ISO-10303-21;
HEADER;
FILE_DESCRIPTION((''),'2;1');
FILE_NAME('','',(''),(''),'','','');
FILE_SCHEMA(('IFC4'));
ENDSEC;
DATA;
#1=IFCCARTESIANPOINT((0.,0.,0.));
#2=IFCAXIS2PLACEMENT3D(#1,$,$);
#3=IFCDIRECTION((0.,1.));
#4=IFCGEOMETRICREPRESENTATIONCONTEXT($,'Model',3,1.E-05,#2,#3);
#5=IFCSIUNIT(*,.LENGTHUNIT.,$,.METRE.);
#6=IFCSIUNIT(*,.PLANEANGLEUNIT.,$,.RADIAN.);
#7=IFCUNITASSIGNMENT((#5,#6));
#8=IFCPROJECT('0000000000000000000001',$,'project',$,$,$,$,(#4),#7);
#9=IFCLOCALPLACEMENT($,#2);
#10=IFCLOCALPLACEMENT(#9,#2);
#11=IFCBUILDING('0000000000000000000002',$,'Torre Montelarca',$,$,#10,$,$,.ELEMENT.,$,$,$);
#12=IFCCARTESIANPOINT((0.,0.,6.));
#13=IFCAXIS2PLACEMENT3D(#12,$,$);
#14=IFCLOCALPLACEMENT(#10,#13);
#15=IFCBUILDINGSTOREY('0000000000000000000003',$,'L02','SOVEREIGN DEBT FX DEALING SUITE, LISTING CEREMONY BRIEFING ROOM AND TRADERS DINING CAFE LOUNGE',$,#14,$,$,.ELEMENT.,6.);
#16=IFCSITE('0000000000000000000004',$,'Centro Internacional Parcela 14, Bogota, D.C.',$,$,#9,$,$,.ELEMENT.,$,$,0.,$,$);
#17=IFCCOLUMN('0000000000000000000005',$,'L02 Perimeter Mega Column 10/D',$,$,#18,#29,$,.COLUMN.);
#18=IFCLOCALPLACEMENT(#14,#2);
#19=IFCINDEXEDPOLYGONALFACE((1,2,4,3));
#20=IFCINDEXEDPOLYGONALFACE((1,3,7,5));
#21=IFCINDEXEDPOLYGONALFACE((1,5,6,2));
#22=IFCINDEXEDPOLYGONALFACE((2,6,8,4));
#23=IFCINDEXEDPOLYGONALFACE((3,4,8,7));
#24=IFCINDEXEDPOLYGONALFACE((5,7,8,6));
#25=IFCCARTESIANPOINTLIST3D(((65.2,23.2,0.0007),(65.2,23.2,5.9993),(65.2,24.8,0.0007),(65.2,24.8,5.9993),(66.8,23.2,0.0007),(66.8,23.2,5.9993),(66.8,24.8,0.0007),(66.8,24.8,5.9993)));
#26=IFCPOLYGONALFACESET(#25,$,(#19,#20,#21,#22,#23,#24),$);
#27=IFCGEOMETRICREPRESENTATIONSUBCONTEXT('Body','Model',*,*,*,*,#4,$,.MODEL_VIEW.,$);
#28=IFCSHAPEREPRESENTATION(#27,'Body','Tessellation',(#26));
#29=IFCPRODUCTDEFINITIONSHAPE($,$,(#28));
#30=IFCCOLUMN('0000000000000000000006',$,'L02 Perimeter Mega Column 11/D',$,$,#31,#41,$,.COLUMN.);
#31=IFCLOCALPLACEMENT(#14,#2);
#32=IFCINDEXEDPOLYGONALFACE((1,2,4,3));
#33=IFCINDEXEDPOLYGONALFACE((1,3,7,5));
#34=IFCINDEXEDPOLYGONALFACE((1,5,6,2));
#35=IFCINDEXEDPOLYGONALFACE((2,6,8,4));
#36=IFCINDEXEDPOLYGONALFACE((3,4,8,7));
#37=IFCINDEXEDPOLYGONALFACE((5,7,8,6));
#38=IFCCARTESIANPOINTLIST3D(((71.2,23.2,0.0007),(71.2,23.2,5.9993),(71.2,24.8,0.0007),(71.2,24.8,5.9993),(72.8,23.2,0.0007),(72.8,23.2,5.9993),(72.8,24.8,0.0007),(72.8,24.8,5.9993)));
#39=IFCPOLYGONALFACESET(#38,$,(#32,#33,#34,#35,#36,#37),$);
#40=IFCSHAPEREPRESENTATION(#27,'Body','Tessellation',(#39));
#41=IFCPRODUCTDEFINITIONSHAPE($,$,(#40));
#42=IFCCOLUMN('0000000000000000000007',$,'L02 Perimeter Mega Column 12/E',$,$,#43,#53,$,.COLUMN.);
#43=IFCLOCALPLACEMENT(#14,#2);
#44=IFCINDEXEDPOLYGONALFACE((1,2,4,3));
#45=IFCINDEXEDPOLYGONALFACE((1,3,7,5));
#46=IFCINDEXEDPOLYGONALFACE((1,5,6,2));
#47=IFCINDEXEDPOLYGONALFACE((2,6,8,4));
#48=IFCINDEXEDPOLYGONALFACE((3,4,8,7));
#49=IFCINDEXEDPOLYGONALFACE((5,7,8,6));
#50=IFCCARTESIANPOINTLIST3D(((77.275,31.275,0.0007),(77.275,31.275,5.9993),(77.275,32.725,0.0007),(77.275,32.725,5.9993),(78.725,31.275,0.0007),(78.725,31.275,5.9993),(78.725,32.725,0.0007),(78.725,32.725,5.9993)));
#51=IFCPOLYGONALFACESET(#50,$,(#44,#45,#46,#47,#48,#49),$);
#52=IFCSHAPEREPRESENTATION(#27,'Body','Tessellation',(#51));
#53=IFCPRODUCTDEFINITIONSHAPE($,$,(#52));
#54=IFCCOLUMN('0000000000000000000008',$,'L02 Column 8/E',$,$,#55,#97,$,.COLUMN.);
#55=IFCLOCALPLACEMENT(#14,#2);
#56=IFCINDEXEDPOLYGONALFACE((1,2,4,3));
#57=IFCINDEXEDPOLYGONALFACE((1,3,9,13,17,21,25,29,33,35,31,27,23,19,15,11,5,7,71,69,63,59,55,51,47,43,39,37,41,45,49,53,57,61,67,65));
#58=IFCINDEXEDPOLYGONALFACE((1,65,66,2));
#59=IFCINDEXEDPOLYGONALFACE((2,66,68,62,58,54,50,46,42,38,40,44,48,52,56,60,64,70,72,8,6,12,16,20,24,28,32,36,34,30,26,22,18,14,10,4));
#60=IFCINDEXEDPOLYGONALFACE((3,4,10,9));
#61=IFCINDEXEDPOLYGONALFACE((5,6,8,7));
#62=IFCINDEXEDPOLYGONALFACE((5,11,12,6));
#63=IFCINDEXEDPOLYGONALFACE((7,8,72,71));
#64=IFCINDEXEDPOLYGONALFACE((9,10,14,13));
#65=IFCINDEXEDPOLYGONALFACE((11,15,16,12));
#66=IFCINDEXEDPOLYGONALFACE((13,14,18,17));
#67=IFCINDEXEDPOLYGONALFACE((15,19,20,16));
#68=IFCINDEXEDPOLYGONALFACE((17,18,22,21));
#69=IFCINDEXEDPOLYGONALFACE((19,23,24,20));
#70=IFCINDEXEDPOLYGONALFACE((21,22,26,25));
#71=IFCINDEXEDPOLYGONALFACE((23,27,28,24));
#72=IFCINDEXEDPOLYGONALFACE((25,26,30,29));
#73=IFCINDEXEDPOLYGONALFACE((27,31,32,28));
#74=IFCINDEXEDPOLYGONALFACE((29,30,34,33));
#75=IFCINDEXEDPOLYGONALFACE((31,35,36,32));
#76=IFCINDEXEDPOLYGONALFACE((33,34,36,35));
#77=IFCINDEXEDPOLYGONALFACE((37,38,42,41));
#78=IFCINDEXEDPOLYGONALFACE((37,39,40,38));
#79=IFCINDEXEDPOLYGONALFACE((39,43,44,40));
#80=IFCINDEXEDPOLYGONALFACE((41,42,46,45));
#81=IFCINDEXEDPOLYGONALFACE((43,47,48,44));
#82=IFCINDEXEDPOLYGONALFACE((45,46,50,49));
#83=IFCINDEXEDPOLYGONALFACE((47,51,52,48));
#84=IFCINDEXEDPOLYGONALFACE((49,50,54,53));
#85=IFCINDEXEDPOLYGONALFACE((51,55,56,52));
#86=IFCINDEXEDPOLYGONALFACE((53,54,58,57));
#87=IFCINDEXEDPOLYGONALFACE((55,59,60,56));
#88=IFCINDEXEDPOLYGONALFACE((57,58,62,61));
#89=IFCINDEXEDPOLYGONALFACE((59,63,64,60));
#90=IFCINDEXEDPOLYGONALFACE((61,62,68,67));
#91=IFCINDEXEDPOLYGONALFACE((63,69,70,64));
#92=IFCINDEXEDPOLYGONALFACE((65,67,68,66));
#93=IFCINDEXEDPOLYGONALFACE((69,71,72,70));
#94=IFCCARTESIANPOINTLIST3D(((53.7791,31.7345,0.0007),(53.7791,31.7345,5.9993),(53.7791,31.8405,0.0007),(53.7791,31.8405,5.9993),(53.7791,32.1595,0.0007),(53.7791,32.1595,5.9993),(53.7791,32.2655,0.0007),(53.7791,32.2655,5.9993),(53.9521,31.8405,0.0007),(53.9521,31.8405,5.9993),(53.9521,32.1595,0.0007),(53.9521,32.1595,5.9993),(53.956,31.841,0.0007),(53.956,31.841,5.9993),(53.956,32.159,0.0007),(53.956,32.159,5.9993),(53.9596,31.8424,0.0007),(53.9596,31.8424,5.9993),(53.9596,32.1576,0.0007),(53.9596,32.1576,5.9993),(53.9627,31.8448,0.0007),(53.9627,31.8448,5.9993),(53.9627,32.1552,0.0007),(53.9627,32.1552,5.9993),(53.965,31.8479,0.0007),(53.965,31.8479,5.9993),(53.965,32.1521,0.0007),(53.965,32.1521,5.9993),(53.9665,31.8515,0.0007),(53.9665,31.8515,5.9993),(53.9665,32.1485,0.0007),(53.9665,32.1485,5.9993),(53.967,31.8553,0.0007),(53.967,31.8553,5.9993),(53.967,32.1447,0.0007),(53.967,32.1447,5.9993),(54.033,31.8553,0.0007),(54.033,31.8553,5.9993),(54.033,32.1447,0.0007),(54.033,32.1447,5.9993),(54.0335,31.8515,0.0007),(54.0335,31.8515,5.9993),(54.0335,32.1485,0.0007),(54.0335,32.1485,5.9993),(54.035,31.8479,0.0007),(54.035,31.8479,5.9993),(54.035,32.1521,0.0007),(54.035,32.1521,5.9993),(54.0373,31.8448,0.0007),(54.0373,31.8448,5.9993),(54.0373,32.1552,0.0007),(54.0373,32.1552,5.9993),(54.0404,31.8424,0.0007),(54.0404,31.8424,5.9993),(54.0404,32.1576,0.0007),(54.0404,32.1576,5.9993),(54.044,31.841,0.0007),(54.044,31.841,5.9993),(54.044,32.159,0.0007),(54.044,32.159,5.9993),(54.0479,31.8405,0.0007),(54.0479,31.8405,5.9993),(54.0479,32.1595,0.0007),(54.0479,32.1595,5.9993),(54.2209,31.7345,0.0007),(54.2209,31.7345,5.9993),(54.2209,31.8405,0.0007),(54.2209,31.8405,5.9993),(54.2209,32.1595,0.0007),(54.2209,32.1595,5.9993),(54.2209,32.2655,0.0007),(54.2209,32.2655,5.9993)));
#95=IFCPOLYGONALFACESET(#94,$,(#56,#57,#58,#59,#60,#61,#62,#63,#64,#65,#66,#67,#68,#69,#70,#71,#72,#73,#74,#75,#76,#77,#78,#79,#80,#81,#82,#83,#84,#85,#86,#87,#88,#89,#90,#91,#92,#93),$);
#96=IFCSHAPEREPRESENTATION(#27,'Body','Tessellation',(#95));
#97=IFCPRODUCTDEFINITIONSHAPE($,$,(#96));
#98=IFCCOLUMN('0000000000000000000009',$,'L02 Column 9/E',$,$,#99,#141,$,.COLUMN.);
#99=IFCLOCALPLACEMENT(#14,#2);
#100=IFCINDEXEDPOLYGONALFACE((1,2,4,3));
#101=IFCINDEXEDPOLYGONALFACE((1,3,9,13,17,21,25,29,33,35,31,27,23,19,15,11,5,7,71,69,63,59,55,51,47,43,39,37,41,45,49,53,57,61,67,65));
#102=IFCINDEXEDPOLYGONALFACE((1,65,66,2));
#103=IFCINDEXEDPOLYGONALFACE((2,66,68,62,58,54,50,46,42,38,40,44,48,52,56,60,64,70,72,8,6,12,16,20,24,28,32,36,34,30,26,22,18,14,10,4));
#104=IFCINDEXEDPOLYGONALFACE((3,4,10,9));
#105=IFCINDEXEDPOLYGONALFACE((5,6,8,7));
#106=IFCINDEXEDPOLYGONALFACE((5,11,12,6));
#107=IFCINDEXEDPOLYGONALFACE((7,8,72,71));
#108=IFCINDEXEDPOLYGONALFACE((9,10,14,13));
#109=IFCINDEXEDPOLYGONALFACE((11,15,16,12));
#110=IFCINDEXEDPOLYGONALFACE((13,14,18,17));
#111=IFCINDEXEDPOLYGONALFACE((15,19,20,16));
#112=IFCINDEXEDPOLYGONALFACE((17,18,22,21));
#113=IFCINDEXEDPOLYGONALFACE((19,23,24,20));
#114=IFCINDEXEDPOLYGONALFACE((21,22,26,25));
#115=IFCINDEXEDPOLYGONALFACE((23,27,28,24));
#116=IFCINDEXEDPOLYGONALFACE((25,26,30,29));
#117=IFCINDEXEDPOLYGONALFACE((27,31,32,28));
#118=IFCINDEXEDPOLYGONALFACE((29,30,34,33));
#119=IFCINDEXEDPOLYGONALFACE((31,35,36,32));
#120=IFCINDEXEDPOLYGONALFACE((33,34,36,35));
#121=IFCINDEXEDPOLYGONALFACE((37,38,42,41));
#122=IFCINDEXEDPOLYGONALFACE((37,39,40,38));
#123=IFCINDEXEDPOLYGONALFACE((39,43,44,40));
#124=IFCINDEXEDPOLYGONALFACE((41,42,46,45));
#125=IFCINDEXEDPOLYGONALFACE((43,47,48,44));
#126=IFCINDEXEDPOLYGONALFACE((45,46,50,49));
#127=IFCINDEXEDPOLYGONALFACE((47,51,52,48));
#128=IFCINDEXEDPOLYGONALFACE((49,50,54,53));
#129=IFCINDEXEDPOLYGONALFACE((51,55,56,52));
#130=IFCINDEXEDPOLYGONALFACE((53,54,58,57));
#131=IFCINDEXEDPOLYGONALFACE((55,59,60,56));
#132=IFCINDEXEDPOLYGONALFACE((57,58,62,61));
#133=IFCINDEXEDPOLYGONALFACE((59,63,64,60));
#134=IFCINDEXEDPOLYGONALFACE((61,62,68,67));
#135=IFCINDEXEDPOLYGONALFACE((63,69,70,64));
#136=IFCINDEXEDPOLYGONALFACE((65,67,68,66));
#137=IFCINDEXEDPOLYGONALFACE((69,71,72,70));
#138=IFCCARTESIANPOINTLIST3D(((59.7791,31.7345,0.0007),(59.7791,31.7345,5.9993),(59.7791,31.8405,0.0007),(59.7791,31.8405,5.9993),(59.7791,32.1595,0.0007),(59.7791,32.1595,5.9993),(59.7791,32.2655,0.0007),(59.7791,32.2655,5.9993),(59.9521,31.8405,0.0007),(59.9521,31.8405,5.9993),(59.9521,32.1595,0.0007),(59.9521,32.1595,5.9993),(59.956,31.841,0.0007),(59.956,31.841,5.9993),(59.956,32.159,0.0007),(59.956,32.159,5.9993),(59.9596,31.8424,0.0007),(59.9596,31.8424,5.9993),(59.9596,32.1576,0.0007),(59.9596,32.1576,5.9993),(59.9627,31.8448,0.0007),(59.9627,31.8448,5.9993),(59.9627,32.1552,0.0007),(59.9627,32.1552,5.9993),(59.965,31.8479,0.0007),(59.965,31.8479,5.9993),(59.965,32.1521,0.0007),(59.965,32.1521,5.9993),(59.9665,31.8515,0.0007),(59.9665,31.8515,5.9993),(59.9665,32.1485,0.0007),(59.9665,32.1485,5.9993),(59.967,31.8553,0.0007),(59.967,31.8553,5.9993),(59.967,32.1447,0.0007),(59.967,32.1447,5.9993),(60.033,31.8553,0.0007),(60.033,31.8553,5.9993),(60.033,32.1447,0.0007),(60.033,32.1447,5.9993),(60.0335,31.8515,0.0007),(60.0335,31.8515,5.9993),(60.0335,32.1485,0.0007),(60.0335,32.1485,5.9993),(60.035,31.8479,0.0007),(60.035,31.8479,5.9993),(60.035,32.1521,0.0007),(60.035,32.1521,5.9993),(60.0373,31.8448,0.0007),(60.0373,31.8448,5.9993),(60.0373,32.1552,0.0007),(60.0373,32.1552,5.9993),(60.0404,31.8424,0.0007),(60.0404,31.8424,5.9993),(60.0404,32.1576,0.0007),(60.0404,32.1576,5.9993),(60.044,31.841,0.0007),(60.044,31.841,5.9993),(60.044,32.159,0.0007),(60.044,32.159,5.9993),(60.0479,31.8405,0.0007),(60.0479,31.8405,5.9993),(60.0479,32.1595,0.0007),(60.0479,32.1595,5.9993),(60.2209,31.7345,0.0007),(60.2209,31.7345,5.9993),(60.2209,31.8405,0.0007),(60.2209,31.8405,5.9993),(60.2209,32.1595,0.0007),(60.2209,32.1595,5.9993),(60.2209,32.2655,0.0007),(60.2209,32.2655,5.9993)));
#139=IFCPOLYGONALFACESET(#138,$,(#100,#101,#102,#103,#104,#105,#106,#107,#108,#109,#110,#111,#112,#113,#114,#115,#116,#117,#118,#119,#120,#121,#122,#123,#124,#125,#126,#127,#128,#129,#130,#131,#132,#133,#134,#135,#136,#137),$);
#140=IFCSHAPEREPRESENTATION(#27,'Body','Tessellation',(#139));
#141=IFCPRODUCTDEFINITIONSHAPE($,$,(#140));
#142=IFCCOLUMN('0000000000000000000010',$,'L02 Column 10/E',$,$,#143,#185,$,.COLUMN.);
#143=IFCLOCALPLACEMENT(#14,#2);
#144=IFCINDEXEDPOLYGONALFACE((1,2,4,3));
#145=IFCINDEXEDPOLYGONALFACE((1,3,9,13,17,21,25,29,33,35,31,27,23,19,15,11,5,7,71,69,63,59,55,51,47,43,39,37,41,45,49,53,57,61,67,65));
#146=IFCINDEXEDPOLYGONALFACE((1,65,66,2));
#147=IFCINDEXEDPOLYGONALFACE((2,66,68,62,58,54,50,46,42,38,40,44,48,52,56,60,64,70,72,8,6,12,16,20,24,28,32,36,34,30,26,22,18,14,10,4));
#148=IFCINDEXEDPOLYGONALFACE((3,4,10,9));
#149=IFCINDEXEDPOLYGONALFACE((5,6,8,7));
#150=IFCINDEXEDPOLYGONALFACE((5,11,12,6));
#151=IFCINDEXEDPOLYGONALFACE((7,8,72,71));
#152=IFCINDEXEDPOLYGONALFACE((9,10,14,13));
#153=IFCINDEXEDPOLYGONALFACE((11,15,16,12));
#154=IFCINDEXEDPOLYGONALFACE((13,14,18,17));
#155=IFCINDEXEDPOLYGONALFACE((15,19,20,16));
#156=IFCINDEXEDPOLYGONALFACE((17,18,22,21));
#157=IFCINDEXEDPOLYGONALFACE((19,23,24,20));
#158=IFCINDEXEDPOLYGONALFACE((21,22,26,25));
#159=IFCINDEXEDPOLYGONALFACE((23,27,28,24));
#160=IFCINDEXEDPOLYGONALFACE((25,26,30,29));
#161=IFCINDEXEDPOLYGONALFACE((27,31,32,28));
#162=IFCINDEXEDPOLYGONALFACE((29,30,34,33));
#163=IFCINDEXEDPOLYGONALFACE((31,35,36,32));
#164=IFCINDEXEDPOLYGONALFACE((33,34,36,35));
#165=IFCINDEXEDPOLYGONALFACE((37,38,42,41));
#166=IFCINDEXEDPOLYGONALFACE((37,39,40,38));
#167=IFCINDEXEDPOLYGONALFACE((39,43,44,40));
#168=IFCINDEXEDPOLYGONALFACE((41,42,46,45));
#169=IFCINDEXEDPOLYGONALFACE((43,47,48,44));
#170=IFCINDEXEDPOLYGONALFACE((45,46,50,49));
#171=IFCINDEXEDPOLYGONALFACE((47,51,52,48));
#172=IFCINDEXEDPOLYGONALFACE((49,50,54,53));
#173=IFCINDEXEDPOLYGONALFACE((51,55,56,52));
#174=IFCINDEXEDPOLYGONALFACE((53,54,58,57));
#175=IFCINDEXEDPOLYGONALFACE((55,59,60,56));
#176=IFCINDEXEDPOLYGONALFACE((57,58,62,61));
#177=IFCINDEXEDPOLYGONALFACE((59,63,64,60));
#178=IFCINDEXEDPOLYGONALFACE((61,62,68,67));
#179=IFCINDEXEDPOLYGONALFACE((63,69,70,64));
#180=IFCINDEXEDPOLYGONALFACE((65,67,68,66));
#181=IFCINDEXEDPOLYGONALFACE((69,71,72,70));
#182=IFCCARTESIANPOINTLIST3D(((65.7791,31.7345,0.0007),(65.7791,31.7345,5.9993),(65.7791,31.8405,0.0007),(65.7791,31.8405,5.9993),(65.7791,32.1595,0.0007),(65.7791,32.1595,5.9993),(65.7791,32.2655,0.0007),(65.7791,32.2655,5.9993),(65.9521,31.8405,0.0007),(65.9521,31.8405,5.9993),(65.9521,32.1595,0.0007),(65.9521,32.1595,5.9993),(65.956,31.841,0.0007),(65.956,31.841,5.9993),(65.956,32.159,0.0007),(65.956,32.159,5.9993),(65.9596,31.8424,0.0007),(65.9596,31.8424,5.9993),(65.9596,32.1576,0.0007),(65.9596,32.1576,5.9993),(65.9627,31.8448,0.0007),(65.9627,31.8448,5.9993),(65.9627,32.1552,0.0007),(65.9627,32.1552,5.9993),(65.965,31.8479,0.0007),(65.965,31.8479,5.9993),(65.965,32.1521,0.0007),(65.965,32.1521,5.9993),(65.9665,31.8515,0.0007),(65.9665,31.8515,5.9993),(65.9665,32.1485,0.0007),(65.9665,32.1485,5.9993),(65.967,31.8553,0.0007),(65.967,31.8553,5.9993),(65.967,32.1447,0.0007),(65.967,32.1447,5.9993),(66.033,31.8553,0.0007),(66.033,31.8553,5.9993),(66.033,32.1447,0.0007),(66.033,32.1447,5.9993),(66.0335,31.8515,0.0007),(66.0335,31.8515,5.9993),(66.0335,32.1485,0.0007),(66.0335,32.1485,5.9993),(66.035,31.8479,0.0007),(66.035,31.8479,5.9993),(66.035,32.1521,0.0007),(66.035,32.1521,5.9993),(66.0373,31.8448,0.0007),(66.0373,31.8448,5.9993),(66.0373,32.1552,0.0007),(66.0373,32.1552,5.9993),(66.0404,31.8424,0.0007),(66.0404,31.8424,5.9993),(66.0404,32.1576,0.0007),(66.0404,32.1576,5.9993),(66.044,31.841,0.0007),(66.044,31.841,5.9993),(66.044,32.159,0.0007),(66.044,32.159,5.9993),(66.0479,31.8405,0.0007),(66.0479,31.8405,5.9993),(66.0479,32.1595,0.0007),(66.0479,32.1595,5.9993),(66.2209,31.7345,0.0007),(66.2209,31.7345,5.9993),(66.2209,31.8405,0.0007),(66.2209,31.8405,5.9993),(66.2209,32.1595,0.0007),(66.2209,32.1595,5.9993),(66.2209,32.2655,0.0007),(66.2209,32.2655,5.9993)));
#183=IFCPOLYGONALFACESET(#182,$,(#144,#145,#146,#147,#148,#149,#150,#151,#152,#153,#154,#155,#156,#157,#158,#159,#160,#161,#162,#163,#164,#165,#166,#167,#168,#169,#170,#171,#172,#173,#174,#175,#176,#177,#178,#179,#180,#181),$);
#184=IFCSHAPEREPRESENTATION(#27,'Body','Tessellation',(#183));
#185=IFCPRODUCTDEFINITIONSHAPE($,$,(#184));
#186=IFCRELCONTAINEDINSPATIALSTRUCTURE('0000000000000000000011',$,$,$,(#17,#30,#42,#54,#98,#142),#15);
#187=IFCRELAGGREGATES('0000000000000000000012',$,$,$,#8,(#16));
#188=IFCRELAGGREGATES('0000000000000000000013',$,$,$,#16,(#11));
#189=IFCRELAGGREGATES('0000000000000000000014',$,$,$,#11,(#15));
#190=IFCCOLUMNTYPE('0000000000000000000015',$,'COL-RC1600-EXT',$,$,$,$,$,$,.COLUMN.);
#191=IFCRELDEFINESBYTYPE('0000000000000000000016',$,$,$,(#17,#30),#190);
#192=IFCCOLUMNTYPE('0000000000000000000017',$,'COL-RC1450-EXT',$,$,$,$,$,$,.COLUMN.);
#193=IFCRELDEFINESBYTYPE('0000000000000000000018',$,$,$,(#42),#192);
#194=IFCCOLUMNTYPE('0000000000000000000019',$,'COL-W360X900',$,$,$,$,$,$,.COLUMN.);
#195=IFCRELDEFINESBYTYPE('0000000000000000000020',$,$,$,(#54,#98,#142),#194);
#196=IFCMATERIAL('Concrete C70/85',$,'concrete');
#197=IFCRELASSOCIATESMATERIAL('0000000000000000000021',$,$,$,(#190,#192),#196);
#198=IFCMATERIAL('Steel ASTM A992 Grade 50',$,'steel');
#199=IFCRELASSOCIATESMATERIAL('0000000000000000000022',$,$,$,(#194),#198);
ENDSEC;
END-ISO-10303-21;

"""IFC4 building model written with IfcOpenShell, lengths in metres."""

from ifc_helpers import new_model, si_unit, direction, frame, origin, origin_2d, place, context, subcontext, project, spatial, rectangle, i_section, extrude, source, transform, mapped, material, material_profile, profile_set, type_object, element, save


model = new_model("IFC4")

# Units and contexts
model_context = context("Model", 3, precision=1e-05, world=origin(), true_north=direction((0.0, 1.0)))
body_context = subcontext(model_context, "Body", "Model", "MODEL_VIEW")
ifc_project = project(units=[si_unit("LENGTHUNIT", "METRE"), si_unit("PLANEANGLEUNIT", "RADIAN")], contexts=[model_context])

# Site, building, storey
site_placement = place(None, origin())
site = spatial("IfcSite", under=ifc_project, at=site_placement, Name="Centro Internacional Parcela 14, Bogota, D.C.", CompositionType="ELEMENT", RefElevation=0.0)
building_placement = place(site_placement, origin())
building = spatial("IfcBuilding", under=site, at=building_placement, Name="Torre Montelarca", CompositionType="ELEMENT")
storey_placement = place(building_placement, frame((0.0, 0.0, 6.0)))
storey = spatial("IfcBuildingStorey", under=building, at=storey_placement, Name="L02", Description="SOVEREIGN DEBT FX DEALING SUITE, LISTING CEREMONY BRIEFING ROOM AND TRADERS DINING CAFE LOUNGE", CompositionType="ELEMENT", Elevation=6.0)

# Columns
ifc_material_1 = material(Name="Concrete C70/85", Category="concrete")
ifc_material_profile_1 = material_profile(ifc_material_1, rectangle(XDim=1.6001, YDim=1.6001, at=origin_2d()), Name="RC1600X1600", Category="concrete")
ifc_profile_set_1 = profile_set([ifc_material_profile_1], Name="Concrete C70/85")
column_type_1 = type_object("IfcColumnType", Name="COL-RC1600-EXT", PredefinedType="COLUMN", material=ifc_profile_set_1)
shared_shape_1 = source(origin(), body_context, "Body", "SweptSolid", [
    extrude(rectangle(XDim=1.6001, YDim=1.6001, at=origin_2d()), origin(), (0.0, 0.0, 1.0), 5.9985),
])
for number, where, z_axis, x_axis, name in (
    (1, (66.0, 24.0, 0.0007), (0.0, 0.0, 1.0), (1.0, 0.0, 0.0), "L02 Perimeter Mega Column 10/D"),
    (2, (72.0, 24.0, 0.0007), (0.0, 0.0, 1.0), (1.0, 0.0, 0.0), "L02 Perimeter Mega Column 11/D"),
):
    element("IfcColumn", number, at=place(storey_placement, frame(where, z_axis=z_axis, x_axis=x_axis)), inside=storey, type_object=column_type_1, Name=name, PredefinedType="COLUMN", context=body_context, shape_type="MappedRepresentation", body=[
        mapped(shared_shape_1, transform((0.0, 0.0, 0.0), scale=1.0)),
    ])
ifc_material_profile_2 = material_profile(ifc_material_1, rectangle(XDim=1.45, YDim=1.45, at=origin_2d()), Name="RC1450X1450", Category="concrete")
ifc_profile_set_2 = profile_set([ifc_material_profile_2], Name="Concrete C70/85")
column_type_2 = type_object("IfcColumnType", Name="COL-RC1450-EXT", PredefinedType="COLUMN", material=ifc_profile_set_2)
shared_shape_2 = source(origin(), body_context, "Body", "SweptSolid", [
    extrude(rectangle(XDim=1.45, YDim=1.45, at=origin_2d()), origin(), (0.0, 0.0, 1.0), 5.9985),
])
column_placement = place(storey_placement, frame((78.0, 32.0, 0.0007), z_axis=(0.0, 0.0, 1.0), x_axis=(1.0, 0.0, 0.0)))
element("IfcColumn", 3, at=column_placement, inside=storey, type_object=column_type_2, Name="L02 Perimeter Mega Column 12/E", PredefinedType="COLUMN", context=body_context, shape_type="MappedRepresentation", body=[
    mapped(shared_shape_2, transform((0.0, 0.0, 0.0), scale=1.0)),
])
ifc_material_2 = material(Name="Steel ASTM A992 Grade 50", Category="steel")
ifc_material_profile_3 = material_profile(ifc_material_2, i_section(OverallWidth=0.4419, OverallDepth=0.531, WebThickness=0.0659, FlangeThickness=0.106, FilletRadius=0.0149, at=origin_2d()), Name="W360X900", Category="steel")
ifc_profile_set_3 = profile_set([ifc_material_profile_3], Name="Steel ASTM A992 Grade 50")
column_type_3 = type_object("IfcColumnType", Name="COL-W360X900", PredefinedType="COLUMN", material=ifc_profile_set_3)
shared_shape_3 = source(origin(), body_context, "Body", "SweptSolid", [
    extrude(i_section(OverallWidth=0.4419, OverallDepth=0.531, WebThickness=0.0659, FlangeThickness=0.106, FilletRadius=0.0149, at=origin_2d()), origin(), (0.0, 0.0, 1.0), 5.9985),
])
for number, where, z_axis, x_axis, name in (
    (4, (54.0, 32.0, 0.0007), (0.0, 0.0, 1.0), (1.0, 0.0, 0.0), "L02 Column 8/E"),
    (5, (60.0, 32.0, 0.0007), (0.0, 0.0, 1.0), (1.0, 0.0, 0.0), "L02 Column 9/E"),
    (6, (66.0, 32.0, 0.0007), (0.0, 0.0, 1.0), (1.0, 0.0, 0.0), "L02 Column 10/E"),
):
    element("IfcColumn", number, at=place(storey_placement, frame(where, z_axis=z_axis, x_axis=x_axis)), inside=storey, type_object=column_type_3, Name=name, PredefinedType="COLUMN", context=body_context, shape_type="MappedRepresentation", body=[
        mapped(shared_shape_3, transform((0.0, 0.0, 0.0), scale=1.0)),
    ])

save(model, "model.ifc")
